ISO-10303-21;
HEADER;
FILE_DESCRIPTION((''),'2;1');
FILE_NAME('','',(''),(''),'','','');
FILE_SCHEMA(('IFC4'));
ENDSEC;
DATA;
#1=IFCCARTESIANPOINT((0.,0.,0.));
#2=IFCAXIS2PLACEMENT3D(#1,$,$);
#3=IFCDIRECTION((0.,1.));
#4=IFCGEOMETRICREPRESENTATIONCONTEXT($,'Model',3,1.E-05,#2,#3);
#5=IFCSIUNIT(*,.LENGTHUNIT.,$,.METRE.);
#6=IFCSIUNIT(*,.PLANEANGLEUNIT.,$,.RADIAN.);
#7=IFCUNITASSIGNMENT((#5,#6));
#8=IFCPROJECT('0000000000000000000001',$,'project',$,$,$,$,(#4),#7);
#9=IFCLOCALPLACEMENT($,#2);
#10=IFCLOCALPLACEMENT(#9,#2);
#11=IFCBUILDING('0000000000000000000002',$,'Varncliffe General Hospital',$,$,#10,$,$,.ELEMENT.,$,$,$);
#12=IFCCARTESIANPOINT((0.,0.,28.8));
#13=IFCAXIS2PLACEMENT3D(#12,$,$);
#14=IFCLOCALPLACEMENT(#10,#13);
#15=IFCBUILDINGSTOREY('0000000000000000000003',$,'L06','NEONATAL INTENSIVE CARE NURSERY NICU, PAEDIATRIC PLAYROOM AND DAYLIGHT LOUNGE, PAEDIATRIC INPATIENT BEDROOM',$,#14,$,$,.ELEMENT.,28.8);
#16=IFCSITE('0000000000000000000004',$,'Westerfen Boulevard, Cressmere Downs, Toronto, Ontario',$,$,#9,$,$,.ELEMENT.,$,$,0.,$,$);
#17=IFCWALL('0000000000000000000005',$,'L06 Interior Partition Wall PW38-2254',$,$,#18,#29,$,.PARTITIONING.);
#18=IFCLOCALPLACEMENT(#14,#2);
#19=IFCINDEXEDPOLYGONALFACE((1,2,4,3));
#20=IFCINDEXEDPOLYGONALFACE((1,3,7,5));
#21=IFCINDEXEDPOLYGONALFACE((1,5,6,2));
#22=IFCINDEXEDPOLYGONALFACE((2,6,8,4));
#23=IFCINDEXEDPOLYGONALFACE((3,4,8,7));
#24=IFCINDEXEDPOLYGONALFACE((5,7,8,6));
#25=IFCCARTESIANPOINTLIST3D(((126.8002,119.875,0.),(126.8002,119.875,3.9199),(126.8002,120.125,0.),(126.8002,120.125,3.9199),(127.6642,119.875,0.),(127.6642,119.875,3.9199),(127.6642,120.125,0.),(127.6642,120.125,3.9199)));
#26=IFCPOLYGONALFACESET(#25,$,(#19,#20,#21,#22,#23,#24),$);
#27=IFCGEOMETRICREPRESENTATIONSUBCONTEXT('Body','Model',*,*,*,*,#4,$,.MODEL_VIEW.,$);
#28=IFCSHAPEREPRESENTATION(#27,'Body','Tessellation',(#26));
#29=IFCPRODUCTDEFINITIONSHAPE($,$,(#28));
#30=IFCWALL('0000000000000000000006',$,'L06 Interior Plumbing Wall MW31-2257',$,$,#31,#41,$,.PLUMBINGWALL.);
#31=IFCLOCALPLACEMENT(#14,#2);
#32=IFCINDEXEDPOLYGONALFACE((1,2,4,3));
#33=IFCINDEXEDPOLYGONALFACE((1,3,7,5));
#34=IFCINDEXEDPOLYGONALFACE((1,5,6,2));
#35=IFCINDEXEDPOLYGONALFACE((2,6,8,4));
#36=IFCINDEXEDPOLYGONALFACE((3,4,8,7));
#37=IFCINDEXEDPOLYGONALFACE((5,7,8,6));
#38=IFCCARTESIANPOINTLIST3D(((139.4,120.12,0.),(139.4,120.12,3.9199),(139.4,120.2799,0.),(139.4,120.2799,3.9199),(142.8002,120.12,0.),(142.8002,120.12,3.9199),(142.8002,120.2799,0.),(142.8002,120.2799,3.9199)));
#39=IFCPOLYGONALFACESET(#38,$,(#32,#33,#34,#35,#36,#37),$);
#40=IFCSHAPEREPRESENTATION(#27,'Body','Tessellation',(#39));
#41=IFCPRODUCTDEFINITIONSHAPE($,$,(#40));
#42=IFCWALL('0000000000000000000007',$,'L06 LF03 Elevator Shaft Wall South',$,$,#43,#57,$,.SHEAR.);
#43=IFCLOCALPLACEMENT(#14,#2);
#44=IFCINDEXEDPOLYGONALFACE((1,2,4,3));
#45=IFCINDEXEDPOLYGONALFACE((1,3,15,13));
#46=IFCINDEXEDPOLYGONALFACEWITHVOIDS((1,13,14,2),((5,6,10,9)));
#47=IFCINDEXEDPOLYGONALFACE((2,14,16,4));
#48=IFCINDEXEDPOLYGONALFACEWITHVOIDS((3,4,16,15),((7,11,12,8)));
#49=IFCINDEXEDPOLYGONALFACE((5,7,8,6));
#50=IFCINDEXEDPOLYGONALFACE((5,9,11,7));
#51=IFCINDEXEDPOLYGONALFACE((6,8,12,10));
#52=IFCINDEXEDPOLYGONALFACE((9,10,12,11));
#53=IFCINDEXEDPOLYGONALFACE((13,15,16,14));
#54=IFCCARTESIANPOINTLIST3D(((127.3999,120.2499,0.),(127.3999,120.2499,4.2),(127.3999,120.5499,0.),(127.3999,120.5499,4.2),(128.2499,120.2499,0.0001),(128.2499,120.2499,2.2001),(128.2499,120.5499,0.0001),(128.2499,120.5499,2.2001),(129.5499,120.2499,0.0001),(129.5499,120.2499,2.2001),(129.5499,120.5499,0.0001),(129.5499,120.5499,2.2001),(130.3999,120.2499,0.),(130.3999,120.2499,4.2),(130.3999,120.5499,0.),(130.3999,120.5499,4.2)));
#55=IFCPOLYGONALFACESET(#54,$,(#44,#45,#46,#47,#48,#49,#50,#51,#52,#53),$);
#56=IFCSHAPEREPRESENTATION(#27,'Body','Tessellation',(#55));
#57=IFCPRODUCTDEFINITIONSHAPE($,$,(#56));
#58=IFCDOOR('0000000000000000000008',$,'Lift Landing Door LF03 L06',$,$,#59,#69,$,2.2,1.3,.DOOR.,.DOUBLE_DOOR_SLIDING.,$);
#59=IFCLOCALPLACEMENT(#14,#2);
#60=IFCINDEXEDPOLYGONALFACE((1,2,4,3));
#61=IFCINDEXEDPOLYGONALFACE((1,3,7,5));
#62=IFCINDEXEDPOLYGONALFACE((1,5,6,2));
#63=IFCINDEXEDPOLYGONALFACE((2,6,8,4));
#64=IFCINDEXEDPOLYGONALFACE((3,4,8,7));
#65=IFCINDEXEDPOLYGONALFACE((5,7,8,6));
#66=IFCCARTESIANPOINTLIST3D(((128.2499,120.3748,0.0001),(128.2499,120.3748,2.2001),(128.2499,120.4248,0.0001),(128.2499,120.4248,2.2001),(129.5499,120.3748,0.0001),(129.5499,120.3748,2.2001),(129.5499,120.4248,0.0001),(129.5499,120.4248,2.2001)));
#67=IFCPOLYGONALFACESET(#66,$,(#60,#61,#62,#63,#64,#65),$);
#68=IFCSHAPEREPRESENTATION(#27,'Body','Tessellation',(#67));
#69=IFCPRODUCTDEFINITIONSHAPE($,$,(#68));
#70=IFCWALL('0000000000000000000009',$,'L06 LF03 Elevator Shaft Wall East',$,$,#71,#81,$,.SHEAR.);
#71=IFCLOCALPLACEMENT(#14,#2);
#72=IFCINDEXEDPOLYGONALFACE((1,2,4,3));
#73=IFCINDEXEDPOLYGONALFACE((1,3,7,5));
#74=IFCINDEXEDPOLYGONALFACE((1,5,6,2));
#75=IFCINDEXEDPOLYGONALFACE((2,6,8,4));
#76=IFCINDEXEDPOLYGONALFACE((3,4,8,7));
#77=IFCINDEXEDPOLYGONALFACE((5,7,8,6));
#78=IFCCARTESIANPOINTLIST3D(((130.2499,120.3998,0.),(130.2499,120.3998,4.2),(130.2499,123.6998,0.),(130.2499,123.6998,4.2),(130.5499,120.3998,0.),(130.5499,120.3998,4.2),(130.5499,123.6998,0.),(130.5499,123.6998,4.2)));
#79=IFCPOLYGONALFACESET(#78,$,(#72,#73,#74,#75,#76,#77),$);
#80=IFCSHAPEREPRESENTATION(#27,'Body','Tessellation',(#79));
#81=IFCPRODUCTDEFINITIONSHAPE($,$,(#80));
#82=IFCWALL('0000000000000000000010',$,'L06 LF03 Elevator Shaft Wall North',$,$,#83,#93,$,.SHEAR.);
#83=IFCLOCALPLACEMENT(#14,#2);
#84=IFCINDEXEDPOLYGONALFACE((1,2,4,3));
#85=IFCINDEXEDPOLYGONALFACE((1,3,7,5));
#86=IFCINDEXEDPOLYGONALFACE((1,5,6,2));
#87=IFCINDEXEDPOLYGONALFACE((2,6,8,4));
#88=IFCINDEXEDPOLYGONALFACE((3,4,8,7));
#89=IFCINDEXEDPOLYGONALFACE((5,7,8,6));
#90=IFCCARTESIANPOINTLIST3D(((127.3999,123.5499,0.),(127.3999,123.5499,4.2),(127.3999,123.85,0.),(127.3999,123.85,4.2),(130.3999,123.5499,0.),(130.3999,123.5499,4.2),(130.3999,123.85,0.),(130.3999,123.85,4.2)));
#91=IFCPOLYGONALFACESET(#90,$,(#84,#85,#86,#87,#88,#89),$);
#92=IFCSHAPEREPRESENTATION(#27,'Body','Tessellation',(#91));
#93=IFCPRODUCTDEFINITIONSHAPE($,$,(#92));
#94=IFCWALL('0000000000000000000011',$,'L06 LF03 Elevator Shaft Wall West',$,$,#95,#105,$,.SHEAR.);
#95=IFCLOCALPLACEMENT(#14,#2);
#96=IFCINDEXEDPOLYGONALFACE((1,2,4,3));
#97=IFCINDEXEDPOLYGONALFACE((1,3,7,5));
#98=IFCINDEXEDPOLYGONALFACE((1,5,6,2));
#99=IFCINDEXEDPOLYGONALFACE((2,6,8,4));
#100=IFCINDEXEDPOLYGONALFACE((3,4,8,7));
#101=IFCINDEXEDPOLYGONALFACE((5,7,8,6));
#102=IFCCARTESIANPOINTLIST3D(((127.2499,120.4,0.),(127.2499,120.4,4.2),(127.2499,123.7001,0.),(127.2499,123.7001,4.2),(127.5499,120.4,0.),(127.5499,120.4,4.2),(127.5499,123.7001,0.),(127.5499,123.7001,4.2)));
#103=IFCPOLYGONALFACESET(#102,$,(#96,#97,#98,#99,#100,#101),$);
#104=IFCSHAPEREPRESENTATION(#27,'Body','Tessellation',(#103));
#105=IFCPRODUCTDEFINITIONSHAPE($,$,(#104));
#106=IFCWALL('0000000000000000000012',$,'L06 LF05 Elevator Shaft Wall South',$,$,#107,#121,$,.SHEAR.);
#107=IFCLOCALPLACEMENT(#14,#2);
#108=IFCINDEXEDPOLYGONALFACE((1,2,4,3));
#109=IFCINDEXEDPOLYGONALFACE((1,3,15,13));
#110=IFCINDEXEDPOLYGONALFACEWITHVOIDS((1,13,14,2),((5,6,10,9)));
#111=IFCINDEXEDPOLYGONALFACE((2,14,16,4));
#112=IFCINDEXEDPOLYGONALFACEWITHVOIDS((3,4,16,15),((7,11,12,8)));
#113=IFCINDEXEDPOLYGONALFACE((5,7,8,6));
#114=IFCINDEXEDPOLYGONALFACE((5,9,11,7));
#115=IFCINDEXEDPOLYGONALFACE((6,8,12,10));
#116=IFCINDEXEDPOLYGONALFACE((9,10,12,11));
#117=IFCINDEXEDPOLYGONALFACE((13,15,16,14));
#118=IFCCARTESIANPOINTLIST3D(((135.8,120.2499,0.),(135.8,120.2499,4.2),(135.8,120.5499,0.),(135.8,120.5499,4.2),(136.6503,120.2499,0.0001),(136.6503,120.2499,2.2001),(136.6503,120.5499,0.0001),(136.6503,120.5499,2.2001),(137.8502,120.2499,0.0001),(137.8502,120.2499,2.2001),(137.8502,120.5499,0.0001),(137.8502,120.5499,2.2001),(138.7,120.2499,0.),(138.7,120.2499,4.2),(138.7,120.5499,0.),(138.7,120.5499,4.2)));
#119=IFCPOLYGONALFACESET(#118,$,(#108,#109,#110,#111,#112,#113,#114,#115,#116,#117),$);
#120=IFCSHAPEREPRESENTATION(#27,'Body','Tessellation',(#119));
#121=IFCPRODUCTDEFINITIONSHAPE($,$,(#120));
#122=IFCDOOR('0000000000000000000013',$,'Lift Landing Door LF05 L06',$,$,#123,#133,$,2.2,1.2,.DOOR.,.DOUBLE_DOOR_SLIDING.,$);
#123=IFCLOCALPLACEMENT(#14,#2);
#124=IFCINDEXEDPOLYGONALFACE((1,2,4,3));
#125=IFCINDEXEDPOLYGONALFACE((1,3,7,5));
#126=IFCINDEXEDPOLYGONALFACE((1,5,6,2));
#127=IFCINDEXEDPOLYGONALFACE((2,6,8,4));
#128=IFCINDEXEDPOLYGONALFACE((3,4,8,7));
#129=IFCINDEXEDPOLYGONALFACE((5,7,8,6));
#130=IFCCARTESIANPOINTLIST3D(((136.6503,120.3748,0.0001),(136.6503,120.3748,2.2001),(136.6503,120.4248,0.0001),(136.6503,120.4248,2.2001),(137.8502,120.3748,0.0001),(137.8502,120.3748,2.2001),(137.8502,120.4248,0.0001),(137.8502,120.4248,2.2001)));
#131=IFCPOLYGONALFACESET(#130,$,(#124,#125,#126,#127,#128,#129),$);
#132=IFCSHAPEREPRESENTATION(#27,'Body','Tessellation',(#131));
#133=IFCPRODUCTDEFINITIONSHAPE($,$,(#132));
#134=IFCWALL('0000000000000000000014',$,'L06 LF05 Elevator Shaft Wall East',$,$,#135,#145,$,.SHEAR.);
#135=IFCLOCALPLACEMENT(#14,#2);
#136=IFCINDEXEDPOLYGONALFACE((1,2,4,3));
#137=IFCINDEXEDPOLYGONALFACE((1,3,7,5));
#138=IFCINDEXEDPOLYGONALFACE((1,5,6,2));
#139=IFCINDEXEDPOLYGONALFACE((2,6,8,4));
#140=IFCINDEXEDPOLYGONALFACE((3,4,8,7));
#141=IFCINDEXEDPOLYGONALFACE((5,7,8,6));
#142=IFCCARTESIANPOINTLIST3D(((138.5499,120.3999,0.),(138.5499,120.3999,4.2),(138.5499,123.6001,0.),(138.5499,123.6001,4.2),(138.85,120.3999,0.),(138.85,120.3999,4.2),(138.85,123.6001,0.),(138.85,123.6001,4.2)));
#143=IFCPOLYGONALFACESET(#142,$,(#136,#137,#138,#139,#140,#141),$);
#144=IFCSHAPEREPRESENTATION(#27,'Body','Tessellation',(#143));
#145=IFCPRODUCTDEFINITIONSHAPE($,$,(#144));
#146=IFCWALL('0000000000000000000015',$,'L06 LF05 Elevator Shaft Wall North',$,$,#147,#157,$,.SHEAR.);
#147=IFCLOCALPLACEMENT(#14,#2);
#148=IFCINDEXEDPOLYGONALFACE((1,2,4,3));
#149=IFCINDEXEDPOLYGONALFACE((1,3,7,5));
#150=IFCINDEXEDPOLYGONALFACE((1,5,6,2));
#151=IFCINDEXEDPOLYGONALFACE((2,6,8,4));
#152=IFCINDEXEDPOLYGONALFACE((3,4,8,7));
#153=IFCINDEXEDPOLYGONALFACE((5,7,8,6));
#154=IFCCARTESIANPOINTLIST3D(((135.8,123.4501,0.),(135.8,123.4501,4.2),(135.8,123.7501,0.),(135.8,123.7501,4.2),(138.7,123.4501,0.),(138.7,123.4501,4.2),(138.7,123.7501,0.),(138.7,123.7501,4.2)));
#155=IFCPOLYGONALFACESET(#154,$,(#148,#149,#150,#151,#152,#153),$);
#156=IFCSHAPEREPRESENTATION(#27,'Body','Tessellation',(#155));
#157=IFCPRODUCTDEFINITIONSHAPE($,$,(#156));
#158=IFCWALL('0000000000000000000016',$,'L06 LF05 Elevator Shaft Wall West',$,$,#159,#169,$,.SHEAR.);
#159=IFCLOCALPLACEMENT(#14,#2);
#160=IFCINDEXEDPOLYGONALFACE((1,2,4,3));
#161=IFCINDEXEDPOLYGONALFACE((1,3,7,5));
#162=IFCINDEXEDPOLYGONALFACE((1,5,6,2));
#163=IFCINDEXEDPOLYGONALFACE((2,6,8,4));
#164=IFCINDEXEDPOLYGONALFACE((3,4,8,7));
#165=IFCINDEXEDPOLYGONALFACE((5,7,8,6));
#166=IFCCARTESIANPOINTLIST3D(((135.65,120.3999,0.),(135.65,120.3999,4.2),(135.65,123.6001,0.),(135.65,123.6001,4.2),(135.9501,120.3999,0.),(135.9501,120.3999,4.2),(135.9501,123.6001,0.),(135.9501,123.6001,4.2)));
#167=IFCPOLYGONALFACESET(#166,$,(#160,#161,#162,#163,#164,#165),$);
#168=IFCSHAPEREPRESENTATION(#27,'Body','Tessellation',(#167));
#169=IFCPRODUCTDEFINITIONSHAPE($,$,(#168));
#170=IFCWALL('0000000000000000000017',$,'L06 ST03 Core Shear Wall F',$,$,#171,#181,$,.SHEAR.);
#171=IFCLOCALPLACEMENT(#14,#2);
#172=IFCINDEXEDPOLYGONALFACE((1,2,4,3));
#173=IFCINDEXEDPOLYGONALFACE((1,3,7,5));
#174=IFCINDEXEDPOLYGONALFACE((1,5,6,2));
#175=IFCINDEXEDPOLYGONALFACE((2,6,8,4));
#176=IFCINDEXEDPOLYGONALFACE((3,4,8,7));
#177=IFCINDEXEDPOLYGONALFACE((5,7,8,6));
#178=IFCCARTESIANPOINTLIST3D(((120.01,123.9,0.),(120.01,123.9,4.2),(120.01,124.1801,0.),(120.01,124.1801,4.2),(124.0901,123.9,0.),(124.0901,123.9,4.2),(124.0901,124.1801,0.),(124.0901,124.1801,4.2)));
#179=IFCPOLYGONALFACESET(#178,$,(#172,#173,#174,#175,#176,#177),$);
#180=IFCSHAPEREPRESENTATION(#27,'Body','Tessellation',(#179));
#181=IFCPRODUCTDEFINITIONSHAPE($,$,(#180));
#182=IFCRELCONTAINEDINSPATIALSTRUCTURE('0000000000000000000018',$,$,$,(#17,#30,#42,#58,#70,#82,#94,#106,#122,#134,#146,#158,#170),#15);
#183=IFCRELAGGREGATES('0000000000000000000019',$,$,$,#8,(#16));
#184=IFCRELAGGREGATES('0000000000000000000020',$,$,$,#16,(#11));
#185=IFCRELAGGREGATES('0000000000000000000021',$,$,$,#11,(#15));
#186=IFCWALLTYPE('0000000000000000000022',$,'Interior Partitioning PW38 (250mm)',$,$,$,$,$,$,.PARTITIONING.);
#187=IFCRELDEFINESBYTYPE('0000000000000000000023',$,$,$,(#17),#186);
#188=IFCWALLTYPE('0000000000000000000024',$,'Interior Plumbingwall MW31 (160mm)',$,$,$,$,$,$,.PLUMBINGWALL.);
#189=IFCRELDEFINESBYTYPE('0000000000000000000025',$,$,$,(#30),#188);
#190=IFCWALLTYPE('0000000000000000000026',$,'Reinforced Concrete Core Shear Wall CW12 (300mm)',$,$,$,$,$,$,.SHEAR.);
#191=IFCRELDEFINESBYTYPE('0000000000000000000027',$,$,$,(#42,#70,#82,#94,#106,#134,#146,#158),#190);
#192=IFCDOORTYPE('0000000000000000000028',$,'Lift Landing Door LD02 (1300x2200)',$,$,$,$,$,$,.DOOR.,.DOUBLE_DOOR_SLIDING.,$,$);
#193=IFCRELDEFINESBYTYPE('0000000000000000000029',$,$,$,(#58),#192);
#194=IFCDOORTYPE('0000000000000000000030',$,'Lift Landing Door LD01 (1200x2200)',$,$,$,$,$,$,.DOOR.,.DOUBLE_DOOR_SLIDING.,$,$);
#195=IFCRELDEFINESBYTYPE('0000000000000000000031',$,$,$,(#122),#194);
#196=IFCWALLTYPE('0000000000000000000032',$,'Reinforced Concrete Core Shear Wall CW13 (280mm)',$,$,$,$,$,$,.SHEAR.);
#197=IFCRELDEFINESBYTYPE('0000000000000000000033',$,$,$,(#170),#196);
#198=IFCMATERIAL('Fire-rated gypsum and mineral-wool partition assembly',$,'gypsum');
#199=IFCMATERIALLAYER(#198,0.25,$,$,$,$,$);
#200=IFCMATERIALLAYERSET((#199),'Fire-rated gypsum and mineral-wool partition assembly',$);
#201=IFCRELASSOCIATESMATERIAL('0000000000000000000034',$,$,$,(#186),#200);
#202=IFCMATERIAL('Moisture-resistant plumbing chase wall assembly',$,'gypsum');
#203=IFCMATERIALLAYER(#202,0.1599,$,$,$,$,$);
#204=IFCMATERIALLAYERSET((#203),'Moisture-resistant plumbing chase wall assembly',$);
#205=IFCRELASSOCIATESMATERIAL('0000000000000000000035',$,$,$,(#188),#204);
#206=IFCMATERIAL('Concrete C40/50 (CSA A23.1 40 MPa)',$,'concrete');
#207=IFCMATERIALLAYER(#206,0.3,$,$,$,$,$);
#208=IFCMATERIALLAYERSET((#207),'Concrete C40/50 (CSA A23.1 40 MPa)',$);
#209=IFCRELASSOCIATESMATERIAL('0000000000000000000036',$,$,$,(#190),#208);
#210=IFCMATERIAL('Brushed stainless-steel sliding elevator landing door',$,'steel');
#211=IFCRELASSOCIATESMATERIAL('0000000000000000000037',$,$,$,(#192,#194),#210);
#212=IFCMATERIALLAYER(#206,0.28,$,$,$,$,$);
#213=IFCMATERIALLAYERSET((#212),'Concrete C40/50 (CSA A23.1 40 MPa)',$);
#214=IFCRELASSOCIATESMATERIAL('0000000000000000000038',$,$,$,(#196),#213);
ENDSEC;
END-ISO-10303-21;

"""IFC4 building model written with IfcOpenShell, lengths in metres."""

from ifc_helpers import new_model, si_unit, direction, frame, frame_2d, origin, place, context, subcontext, project, spatial, rectangle, extrude, material, layer, layer_set, type_object, element, fill, save


model = new_model("IFC4")

# Units and contexts
model_context = context("Model", 3, precision=1e-05, world=origin(), true_north=direction((0.0, 1.0)))
body_context = subcontext(model_context, "Body", "Model", "MODEL_VIEW")
ifc_project = project(units=[si_unit("LENGTHUNIT", "METRE"), si_unit("PLANEANGLEUNIT", "RADIAN")], contexts=[model_context])

# Site, building, storey
site_placement = place(None, origin())
site = spatial("IfcSite", under=ifc_project, at=site_placement, Name="Westerfen Boulevard, Cressmere Downs, Toronto, Ontario", CompositionType="ELEMENT", RefElevation=0.0)
building_placement = place(site_placement, origin())
building = spatial("IfcBuilding", under=site, at=building_placement, Name="Varncliffe General Hospital", CompositionType="ELEMENT")
storey_placement = place(building_placement, frame((0.0, 0.0, 28.8)))
storey = spatial("IfcBuildingStorey", under=building, at=storey_placement, Name="L06", Description="NEONATAL INTENSIVE CARE NURSERY NICU, PAEDIATRIC PLAYROOM AND DAYLIGHT LOUNGE, PAEDIATRIC INPATIENT BEDROOM", CompositionType="ELEMENT", Elevation=28.8)

# Shared definitions
ifc_material_1 = material(Name="Concrete C40/50 (CSA A23.1 40 MPa)", Category="concrete")

# Walls
ifc_material_2 = material(Name="Fire-rated gypsum and mineral-wool partition assembly", Category="gypsum")
ifc_layer_1 = layer(ifc_material_2, 0.25)
ifc_layer_set_1 = layer_set([ifc_layer_1], Name="Fire-rated gypsum and mineral-wool partition assembly")
wall_type_1 = type_object("IfcWallType", Name="Interior Partitioning PW38 (250mm)", PredefinedType="PARTITIONING", material=ifc_layer_set_1)
wall_1_placement = place(storey_placement, frame((126.8, 120.0, 0.0), z_axis=(0.0, 0.0, 1.0), x_axis=(1.0, 0.0, 0.0)))
element("IfcWall", 1, at=wall_1_placement, inside=storey, type_object=wall_type_1, Name="L06 Interior Partition Wall PW38-2254", PredefinedType="PARTITIONING", context=body_context, shape_type="SweptSolid", body=[
    extrude(rectangle(XDim=0.864, YDim=0.25, at=frame_2d((0.4321, 0.0))), origin(), (0.0, 0.0, 1.0), 3.9199),
])
ifc_material_3 = material(Name="Moisture-resistant plumbing chase wall assembly", Category="gypsum")
ifc_layer_2 = layer(ifc_material_3, 0.1599)
ifc_layer_set_2 = layer_set([ifc_layer_2], Name="Moisture-resistant plumbing chase wall assembly")
wall_type_2 = type_object("IfcWallType", Name="Interior Plumbingwall MW31 (160mm)", PredefinedType="PLUMBINGWALL", material=ifc_layer_set_2)
wall_2_placement = place(storey_placement, frame((139.3999, 120.2, 0.0), z_axis=(0.0, 0.0, 1.0), x_axis=(1.0, 0.0, 0.0)))
element("IfcWall", 2, at=wall_2_placement, inside=storey, type_object=wall_type_2, Name="L06 Interior Plumbing Wall MW31-2257", PredefinedType="PLUMBINGWALL", context=body_context, shape_type="SweptSolid", body=[
    extrude(rectangle(XDim=3.4001, YDim=0.1599, at=frame_2d((1.7002, 0.0))), origin(), (0.0, 0.0, 1.0), 3.9199),
])

# Wall, opening, door
ifc_layer_3 = layer(ifc_material_1, 0.3)
ifc_layer_set_3 = layer_set([ifc_layer_3], Name="Concrete C40/50 (CSA A23.1 40 MPa)")
wall_type_3 = type_object("IfcWallType", Name="Reinforced Concrete Core Shear Wall CW12 (300mm)", PredefinedType="SHEAR", material=ifc_layer_set_3)
wall_3_placement = place(storey_placement, frame((127.3999, 120.3999, 0.0), z_axis=(0.0, 0.0, 1.0), x_axis=(1.0, 0.0, 0.0)))
wall_3 = element("IfcWall", 3, at=wall_3_placement, inside=storey, type_object=wall_type_3, Name="L06 LF03 Elevator Shaft Wall South", PredefinedType="SHEAR", context=body_context, shape_type="SweptSolid", body=[
    extrude(rectangle(XDim=3.0, YDim=0.3, at=frame_2d((1.5, 0.0))), origin(), (0.0, 0.0, 1.0), 4.2),
])
opening_1_placement = place(wall_3_placement, frame((0.8501, 0.0, 0.0)))
opening_1 = element("IfcOpeningElement", 4, at=opening_1_placement, cuts=wall_3, PredefinedType="OPENING", context=body_context, shape_type="SweptSolid", body=[
    extrude(rectangle(XDim=1.3, YDim=2.2, at=frame_2d((0.6499, 1.1001))), frame((0.0, 0.1602, 0.0), z_axis=(0.0, -1.0, 0.0), x_axis=(1.0, 0.0, 0.0)), (0.0, 0.0, 1.0), 0.3201),
])
ifc_material_4 = material(Name="Brushed stainless-steel sliding elevator landing door", Category="steel")
door_type_1 = type_object("IfcDoorType", Name="Lift Landing Door LD02 (1300x2200)", OperationType="DOUBLE_DOOR_SLIDING", PredefinedType="DOOR", material=ifc_material_4)
door_1_placement = place(opening_1_placement, origin())
door_1 = element("IfcDoor", 5, at=door_1_placement, inside=storey, type_object=door_type_1, Name="Lift Landing Door LF03 L06", OperationType="DOUBLE_DOOR_SLIDING", OverallHeight=2.2, OverallWidth=1.3, PredefinedType="DOOR", context=body_context, shape_type="SweptSolid", body=[
    extrude(rectangle(XDim=1.3, YDim=2.2, at=frame_2d((0.6499, 1.1001))), frame((0.0, 0.0249, 0.0), z_axis=(0.0, -1.0, 0.0), x_axis=(1.0, 0.0, 0.0)), (0.0, 0.0, 1.0), 0.05),
])
fill(opening_1, door_1)

# Walls
wall_4_placement = place(storey_placement, frame((130.3999, 120.3999, 0.0), z_axis=(0.0, 0.0, 1.0), x_axis=(0.0, 1.0, 0.0)))
element("IfcWall", 6, at=wall_4_placement, inside=storey, type_object=wall_type_3, Name="L06 LF03 Elevator Shaft Wall East", PredefinedType="SHEAR", context=body_context, shape_type="SweptSolid", body=[
    extrude(rectangle(XDim=3.3, YDim=0.3, at=frame_2d((1.6499, 0.0))), origin(), (0.0, 0.0, 1.0), 4.2),
])
wall_5_placement = place(storey_placement, frame((130.3999, 123.7, 0.0), z_axis=(0.0, 0.0, 1.0), x_axis=(-1.0, 0.0, 0.0)))
element("IfcWall", 7, at=wall_5_placement, inside=storey, type_object=wall_type_3, Name="L06 LF03 Elevator Shaft Wall North", PredefinedType="SHEAR", context=body_context, shape_type="SweptSolid", body=[
    extrude(rectangle(XDim=3.0, YDim=0.3, at=frame_2d((1.5, 0.0))), origin(), (0.0, 0.0, 1.0), 4.2),
])
wall_6_placement = place(storey_placement, frame((127.3999, 123.7, 0.0), z_axis=(0.0, 0.0, 1.0), x_axis=(0.0, -1.0, 0.0)))
element("IfcWall", 8, at=wall_6_placement, inside=storey, type_object=wall_type_3, Name="L06 LF03 Elevator Shaft Wall West", PredefinedType="SHEAR", context=body_context, shape_type="SweptSolid", body=[
    extrude(rectangle(XDim=3.3, YDim=0.3, at=frame_2d((1.6499, 0.0))), origin(), (0.0, 0.0, 1.0), 4.2),
])

# Wall, opening, door
wall_7_placement = place(storey_placement, frame((135.8, 120.3999, 0.0), z_axis=(0.0, 0.0, 1.0), x_axis=(1.0, 0.0, 0.0)))
wall_7 = element("IfcWall", 9, at=wall_7_placement, inside=storey, type_object=wall_type_3, Name="L06 LF05 Elevator Shaft Wall South", PredefinedType="SHEAR", context=body_context, shape_type="SweptSolid", body=[
    extrude(rectangle(XDim=2.8999, YDim=0.3, at=frame_2d((1.45, 0.0))), origin(), (0.0, 0.0, 1.0), 4.2),
])
opening_2_placement = place(wall_7_placement, frame((0.8501, 0.0, 0.0)))
opening_2 = element("IfcOpeningElement", 10, at=opening_2_placement, cuts=wall_7, PredefinedType="OPENING", context=body_context, shape_type="SweptSolid", body=[
    extrude(rectangle(XDim=1.2, YDim=2.2, at=frame_2d((0.6001, 1.1001))), frame((0.0, 0.1602, 0.0), z_axis=(0.0, -1.0, 0.0), x_axis=(1.0, 0.0, 0.0)), (0.0, 0.0, 1.0), 0.3201),
])
door_type_2 = type_object("IfcDoorType", Name="Lift Landing Door LD01 (1200x2200)", OperationType="DOUBLE_DOOR_SLIDING", PredefinedType="DOOR", material=ifc_material_4)
door_2_placement = place(opening_2_placement, origin())
door_2 = element("IfcDoor", 11, at=door_2_placement, inside=storey, type_object=door_type_2, Name="Lift Landing Door LF05 L06", OperationType="DOUBLE_DOOR_SLIDING", OverallHeight=2.2, OverallWidth=1.2, PredefinedType="DOOR", context=body_context, shape_type="SweptSolid", body=[
    extrude(rectangle(XDim=1.2, YDim=2.2, at=frame_2d((0.6001, 1.1001))), frame((0.0, 0.0249, 0.0), z_axis=(0.0, -1.0, 0.0), x_axis=(1.0, 0.0, 0.0)), (0.0, 0.0, 1.0), 0.05),
])
fill(opening_2, door_2)

# Walls
wall_8_placement = place(storey_placement, frame((138.7, 120.3999, 0.0), z_axis=(0.0, 0.0, 1.0), x_axis=(0.0, 1.0, 0.0)))
element("IfcWall", 12, at=wall_8_placement, inside=storey, type_object=wall_type_3, Name="L06 LF05 Elevator Shaft Wall East", PredefinedType="SHEAR", context=body_context, shape_type="SweptSolid", body=[
    extrude(rectangle(XDim=3.2002, YDim=0.3, at=frame_2d((1.6001, 0.0))), origin(), (0.0, 0.0, 1.0), 4.2),
])
wall_9_placement = place(storey_placement, frame((138.7, 123.6001, 0.0), z_axis=(0.0, 0.0, 1.0), x_axis=(-1.0, 0.0, 0.0)))
element("IfcWall", 13, at=wall_9_placement, inside=storey, type_object=wall_type_3, Name="L06 LF05 Elevator Shaft Wall North", PredefinedType="SHEAR", context=body_context, shape_type="SweptSolid", body=[
    extrude(rectangle(XDim=2.8999, YDim=0.3, at=frame_2d((1.45, 0.0))), origin(), (0.0, 0.0, 1.0), 4.2),
])
wall_10_placement = place(storey_placement, frame((135.8, 123.6001, 0.0), z_axis=(0.0, 0.0, 1.0), x_axis=(0.0, -1.0, 0.0)))
element("IfcWall", 14, at=wall_10_placement, inside=storey, type_object=wall_type_3, Name="L06 LF05 Elevator Shaft Wall West", PredefinedType="SHEAR", context=body_context, shape_type="SweptSolid", body=[
    extrude(rectangle(XDim=3.2002, YDim=0.3, at=frame_2d((1.6001, 0.0))), origin(), (0.0, 0.0, 1.0), 4.2),
])
ifc_layer_4 = layer(ifc_material_1, 0.28)
ifc_layer_set_4 = layer_set([ifc_layer_4], Name="Concrete C40/50 (CSA A23.1 40 MPa)")
wall_type_4 = type_object("IfcWallType", Name="Reinforced Concrete Core Shear Wall CW13 (280mm)", PredefinedType="SHEAR", material=ifc_layer_set_4)
wall_11_placement = place(storey_placement, frame((124.0901, 124.04, 0.0), z_axis=(0.0, 0.0, 1.0), x_axis=(-1.0, 0.0, 0.0)))
element("IfcWall", 15, at=wall_11_placement, inside=storey, type_object=wall_type_4, Name="L06 ST03 Core Shear Wall F", PredefinedType="SHEAR", context=body_context, shape_type="SweptSolid", body=[
    extrude(rectangle(XDim=4.0801, YDim=0.28, at=frame_2d((2.04, 0.0))), origin(), (0.0, 0.0, 1.0), 4.2),
])

save(model, "model.ifc")
